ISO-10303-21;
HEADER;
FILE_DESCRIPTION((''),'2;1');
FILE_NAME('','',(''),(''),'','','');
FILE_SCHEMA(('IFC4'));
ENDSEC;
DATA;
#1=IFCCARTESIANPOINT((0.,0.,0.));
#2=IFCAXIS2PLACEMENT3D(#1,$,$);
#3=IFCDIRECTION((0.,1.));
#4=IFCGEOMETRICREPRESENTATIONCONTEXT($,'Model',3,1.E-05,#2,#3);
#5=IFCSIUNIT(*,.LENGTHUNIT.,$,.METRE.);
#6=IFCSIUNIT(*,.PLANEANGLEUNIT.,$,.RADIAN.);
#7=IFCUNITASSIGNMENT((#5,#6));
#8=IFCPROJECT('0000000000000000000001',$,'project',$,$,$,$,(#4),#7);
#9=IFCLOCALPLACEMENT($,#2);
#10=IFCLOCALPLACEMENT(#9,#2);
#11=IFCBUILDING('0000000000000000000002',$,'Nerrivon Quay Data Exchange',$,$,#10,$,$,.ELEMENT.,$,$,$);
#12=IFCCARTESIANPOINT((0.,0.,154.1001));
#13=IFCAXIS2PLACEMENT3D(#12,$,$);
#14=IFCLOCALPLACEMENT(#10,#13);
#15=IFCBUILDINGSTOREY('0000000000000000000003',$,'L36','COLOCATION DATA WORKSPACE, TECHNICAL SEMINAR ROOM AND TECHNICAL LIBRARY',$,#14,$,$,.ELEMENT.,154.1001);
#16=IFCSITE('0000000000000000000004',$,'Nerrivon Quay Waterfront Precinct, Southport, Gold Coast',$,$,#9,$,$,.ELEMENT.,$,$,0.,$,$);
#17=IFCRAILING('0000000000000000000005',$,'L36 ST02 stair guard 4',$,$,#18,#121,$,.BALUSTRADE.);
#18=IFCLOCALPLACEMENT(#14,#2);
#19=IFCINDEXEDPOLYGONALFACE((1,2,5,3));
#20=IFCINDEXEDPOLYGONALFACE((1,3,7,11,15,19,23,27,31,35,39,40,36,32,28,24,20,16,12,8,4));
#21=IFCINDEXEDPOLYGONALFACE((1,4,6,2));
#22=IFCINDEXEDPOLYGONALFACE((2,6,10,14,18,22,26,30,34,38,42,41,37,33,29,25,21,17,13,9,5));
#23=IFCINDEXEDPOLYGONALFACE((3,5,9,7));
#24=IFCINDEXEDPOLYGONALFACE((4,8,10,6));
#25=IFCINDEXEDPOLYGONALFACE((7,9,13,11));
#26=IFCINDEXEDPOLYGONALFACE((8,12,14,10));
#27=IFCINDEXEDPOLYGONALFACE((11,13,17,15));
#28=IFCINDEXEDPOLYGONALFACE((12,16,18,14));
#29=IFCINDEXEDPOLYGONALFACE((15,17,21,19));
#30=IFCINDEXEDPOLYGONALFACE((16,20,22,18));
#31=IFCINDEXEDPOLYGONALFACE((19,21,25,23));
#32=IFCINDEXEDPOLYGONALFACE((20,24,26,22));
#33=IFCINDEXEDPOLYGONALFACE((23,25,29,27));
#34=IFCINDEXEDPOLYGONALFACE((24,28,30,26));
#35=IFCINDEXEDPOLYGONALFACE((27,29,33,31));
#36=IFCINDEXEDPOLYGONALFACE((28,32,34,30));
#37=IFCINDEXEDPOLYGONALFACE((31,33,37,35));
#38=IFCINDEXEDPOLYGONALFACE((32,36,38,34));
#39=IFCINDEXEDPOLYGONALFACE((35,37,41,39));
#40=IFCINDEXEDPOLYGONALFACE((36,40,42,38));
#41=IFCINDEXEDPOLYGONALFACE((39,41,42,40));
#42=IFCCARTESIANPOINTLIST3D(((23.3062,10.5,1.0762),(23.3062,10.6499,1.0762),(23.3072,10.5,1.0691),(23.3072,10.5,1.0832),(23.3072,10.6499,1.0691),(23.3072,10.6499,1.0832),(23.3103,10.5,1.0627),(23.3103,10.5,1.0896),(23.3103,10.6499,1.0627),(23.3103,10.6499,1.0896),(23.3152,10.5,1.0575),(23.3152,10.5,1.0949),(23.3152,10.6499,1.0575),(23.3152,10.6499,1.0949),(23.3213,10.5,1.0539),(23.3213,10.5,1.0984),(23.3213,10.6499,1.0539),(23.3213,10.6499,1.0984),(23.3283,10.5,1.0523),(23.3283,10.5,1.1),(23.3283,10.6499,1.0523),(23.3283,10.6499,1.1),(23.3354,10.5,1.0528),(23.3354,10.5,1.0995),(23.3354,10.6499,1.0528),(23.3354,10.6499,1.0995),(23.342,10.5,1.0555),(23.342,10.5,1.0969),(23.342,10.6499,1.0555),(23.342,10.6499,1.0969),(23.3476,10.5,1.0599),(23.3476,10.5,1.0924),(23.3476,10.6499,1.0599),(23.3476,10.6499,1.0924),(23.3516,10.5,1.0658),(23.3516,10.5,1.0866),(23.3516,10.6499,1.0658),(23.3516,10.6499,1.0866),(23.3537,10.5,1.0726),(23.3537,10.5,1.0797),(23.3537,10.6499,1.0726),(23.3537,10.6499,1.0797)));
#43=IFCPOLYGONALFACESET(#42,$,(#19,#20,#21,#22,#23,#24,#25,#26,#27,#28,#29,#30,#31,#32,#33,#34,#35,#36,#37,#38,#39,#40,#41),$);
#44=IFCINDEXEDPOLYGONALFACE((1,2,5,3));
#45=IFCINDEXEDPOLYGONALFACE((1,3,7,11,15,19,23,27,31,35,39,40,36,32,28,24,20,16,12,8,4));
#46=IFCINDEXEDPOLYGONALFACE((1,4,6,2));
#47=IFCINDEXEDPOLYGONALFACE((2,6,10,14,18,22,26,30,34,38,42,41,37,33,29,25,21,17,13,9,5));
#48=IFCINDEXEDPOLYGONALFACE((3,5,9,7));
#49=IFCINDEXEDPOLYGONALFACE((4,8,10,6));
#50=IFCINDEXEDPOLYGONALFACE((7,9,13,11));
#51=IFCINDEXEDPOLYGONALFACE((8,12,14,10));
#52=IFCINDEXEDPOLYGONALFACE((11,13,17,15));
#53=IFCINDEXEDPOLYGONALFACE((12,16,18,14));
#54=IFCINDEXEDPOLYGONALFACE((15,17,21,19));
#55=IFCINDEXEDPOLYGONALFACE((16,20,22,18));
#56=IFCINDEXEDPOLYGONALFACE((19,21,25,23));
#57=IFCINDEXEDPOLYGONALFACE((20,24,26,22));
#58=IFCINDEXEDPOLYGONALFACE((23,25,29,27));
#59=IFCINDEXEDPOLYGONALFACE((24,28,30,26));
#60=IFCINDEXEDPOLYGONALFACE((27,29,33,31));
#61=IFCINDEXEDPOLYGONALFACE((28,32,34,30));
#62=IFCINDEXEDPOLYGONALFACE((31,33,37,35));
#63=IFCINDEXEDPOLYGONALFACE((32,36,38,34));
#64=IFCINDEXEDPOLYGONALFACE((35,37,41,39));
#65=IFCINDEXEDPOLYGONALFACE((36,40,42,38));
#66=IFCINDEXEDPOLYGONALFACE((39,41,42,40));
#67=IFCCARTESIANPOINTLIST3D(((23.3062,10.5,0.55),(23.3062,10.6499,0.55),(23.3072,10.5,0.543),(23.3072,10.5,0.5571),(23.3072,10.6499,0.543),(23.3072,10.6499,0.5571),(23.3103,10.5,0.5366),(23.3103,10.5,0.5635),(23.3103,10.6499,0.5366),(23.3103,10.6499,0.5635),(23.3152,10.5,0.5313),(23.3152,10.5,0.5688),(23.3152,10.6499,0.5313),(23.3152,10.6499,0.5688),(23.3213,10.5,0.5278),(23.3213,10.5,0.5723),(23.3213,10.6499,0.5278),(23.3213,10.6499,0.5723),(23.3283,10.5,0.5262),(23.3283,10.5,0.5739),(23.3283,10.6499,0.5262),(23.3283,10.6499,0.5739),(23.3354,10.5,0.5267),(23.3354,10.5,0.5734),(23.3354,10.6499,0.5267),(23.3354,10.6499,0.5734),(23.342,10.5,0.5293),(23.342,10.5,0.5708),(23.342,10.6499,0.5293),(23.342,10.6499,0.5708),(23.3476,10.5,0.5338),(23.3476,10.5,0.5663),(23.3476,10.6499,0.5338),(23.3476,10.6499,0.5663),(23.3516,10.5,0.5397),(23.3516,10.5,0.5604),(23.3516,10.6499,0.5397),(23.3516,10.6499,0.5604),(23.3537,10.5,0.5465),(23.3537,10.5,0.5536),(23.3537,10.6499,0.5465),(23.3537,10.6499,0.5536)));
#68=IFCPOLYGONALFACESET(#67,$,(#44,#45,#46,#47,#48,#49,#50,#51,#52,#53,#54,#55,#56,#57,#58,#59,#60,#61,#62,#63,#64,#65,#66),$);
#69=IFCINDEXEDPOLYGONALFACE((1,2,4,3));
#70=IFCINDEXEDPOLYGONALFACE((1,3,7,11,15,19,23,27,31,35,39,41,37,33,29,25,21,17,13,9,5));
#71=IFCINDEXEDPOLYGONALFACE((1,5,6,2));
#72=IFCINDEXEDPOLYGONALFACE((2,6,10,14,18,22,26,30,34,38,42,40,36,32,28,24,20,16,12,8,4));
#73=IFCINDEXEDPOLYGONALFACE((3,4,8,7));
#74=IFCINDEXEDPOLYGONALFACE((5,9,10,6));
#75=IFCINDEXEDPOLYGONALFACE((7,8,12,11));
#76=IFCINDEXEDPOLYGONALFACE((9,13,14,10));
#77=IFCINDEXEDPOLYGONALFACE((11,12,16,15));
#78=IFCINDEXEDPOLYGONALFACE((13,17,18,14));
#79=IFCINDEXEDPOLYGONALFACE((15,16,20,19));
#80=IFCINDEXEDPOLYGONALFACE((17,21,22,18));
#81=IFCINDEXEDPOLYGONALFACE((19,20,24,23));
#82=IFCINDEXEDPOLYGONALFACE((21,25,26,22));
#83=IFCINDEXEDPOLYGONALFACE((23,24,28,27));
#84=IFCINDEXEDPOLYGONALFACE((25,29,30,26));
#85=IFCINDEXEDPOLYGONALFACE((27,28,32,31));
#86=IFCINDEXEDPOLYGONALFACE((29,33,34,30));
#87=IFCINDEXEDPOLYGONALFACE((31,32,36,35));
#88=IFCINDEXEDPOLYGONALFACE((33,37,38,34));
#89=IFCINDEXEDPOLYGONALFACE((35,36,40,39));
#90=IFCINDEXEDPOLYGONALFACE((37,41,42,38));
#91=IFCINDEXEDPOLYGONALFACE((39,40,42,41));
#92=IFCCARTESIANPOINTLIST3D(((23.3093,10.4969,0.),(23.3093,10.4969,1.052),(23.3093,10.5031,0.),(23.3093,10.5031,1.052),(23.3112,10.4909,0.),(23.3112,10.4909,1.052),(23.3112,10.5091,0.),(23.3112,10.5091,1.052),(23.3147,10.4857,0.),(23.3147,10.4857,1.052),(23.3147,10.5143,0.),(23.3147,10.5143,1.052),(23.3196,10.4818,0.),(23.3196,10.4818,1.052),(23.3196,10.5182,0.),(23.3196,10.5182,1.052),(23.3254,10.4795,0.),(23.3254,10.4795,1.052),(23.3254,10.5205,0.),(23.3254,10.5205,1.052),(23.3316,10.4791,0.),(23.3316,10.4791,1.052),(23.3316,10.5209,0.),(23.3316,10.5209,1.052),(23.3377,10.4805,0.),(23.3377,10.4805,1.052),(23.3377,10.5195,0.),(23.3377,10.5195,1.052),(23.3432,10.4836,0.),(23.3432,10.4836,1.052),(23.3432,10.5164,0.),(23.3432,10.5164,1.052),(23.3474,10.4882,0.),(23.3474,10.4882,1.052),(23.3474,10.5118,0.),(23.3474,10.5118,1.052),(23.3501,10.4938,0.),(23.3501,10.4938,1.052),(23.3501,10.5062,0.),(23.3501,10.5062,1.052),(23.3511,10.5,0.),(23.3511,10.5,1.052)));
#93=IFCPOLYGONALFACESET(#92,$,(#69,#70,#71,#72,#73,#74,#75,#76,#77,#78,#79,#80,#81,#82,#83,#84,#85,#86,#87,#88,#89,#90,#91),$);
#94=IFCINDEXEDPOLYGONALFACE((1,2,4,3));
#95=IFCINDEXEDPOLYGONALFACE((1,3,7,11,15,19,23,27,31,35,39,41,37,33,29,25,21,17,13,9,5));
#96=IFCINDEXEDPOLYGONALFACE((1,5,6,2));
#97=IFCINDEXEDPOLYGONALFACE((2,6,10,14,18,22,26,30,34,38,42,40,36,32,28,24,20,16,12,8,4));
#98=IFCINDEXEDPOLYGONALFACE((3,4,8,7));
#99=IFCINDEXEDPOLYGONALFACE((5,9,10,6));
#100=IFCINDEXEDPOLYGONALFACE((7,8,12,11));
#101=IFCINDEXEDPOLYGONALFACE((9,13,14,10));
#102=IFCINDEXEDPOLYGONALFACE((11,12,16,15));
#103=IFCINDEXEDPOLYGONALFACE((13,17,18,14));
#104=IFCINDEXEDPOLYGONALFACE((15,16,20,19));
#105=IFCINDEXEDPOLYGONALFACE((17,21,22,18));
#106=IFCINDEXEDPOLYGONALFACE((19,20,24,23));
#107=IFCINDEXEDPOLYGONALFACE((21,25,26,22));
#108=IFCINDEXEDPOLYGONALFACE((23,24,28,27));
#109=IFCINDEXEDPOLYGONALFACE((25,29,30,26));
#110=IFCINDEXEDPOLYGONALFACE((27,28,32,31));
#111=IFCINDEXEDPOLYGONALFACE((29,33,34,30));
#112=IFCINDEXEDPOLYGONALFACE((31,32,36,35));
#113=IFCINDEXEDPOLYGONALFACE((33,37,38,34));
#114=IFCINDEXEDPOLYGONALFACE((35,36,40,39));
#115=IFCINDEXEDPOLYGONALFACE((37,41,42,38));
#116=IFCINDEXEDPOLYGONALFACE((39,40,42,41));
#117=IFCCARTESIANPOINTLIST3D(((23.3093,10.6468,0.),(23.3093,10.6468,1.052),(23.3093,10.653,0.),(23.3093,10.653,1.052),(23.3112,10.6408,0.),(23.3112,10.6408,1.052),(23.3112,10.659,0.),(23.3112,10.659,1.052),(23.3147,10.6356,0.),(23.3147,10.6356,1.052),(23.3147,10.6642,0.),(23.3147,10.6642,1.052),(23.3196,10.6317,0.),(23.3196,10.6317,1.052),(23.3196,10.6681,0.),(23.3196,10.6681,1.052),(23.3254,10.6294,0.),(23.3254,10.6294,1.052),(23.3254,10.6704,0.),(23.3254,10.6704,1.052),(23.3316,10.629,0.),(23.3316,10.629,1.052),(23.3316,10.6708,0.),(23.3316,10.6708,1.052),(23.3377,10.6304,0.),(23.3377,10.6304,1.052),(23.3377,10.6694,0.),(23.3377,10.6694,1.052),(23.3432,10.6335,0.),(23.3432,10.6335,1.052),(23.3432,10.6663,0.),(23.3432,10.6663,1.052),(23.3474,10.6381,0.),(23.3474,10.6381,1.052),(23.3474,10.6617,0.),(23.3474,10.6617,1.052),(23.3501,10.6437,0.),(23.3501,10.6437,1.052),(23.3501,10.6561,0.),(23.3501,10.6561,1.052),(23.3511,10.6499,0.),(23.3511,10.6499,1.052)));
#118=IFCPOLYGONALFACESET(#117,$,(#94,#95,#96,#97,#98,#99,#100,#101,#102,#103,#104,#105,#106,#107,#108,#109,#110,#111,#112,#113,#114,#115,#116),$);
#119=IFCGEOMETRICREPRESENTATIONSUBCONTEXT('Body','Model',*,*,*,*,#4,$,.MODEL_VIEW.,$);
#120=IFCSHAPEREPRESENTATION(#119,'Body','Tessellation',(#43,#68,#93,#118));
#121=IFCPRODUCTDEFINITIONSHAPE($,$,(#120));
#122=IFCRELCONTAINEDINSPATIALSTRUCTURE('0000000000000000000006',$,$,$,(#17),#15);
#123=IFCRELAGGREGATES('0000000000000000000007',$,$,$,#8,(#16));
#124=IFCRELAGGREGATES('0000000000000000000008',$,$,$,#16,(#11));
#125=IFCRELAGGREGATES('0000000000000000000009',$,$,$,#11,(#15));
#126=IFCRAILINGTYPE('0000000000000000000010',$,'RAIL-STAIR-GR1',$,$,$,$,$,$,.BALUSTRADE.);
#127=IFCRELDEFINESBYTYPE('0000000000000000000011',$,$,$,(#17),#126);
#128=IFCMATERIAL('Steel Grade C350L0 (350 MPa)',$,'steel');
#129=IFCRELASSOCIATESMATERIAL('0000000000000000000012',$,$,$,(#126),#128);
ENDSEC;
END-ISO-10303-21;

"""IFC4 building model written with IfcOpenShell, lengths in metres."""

from ifc_helpers import new_model, si_unit, direction, frame, origin, origin_2d, place, context, subcontext, project, spatial, circle, extrude, material, type_object, element, save


model = new_model("IFC4")

# Units and contexts
model_context = context("Model", 3, precision=1e-05, world=origin(), true_north=direction((0.0, 1.0)))
body_context = subcontext(model_context, "Body", "Model", "MODEL_VIEW")
ifc_project = project(units=[si_unit("LENGTHUNIT", "METRE"), si_unit("PLANEANGLEUNIT", "RADIAN")], contexts=[model_context])

# Site, building, storey
site_placement = place(None, origin())
site = spatial("IfcSite", under=ifc_project, at=site_placement, Name="Nerrivon Quay Waterfront Precinct, Southport, Gold Coast", CompositionType="ELEMENT", RefElevation=0.0)
building_placement = place(site_placement, origin())
building = spatial("IfcBuilding", under=site, at=building_placement, Name="Nerrivon Quay Data Exchange", CompositionType="ELEMENT")
storey_placement = place(building_placement, frame((0.0, 0.0, 154.1001)))
storey = spatial("IfcBuildingStorey", under=building, at=storey_placement, Name="L36", Description="COLOCATION DATA WORKSPACE, TECHNICAL SEMINAR ROOM AND TECHNICAL LIBRARY", CompositionType="ELEMENT", Elevation=154.1001)

# Railing
ifc_material_1 = material(Name="Steel Grade C350L0 (350 MPa)", Category="steel")
railing_type_1 = type_object("IfcRailingType", Name="RAIL-STAIR-GR1", PredefinedType="BALUSTRADE", material=ifc_material_1)
railing_1_placement = place(storey_placement, frame((23.3301, 10.5, 0.0)))
element("IfcRailing", 1, at=railing_1_placement, inside=storey, type_object=railing_type_1, Name="L36 ST02 stair guard 4", PredefinedType="BALUSTRADE", context=body_context, shape_type="SweptSolid", body=[
    extrude(circle(Radius=0.0239, at=origin_2d()), frame((0.0, 0.0, 1.0762), z_axis=(0.0, 1.0, 0.0), x_axis=(-1.0, 0.0, 0.0)), (0.0, 0.0, 1.0), 0.1499),
    extrude(circle(Radius=0.0239, at=origin_2d()), frame((0.0, 0.0, 0.55), z_axis=(0.0, 1.0, 0.0), x_axis=(-1.0, 0.0, 0.0)), (0.0, 0.0, 1.0), 0.1499),
    extrude(circle(Radius=0.021, at=origin_2d()), origin(), (0.0, 0.0, 1.0), 1.052),
    extrude(circle(Radius=0.021, at=origin_2d()), frame((0.0, 0.1499, 0.0)), (0.0, 0.0, 1.0), 1.052),
])

save(model, "model.ifc")
